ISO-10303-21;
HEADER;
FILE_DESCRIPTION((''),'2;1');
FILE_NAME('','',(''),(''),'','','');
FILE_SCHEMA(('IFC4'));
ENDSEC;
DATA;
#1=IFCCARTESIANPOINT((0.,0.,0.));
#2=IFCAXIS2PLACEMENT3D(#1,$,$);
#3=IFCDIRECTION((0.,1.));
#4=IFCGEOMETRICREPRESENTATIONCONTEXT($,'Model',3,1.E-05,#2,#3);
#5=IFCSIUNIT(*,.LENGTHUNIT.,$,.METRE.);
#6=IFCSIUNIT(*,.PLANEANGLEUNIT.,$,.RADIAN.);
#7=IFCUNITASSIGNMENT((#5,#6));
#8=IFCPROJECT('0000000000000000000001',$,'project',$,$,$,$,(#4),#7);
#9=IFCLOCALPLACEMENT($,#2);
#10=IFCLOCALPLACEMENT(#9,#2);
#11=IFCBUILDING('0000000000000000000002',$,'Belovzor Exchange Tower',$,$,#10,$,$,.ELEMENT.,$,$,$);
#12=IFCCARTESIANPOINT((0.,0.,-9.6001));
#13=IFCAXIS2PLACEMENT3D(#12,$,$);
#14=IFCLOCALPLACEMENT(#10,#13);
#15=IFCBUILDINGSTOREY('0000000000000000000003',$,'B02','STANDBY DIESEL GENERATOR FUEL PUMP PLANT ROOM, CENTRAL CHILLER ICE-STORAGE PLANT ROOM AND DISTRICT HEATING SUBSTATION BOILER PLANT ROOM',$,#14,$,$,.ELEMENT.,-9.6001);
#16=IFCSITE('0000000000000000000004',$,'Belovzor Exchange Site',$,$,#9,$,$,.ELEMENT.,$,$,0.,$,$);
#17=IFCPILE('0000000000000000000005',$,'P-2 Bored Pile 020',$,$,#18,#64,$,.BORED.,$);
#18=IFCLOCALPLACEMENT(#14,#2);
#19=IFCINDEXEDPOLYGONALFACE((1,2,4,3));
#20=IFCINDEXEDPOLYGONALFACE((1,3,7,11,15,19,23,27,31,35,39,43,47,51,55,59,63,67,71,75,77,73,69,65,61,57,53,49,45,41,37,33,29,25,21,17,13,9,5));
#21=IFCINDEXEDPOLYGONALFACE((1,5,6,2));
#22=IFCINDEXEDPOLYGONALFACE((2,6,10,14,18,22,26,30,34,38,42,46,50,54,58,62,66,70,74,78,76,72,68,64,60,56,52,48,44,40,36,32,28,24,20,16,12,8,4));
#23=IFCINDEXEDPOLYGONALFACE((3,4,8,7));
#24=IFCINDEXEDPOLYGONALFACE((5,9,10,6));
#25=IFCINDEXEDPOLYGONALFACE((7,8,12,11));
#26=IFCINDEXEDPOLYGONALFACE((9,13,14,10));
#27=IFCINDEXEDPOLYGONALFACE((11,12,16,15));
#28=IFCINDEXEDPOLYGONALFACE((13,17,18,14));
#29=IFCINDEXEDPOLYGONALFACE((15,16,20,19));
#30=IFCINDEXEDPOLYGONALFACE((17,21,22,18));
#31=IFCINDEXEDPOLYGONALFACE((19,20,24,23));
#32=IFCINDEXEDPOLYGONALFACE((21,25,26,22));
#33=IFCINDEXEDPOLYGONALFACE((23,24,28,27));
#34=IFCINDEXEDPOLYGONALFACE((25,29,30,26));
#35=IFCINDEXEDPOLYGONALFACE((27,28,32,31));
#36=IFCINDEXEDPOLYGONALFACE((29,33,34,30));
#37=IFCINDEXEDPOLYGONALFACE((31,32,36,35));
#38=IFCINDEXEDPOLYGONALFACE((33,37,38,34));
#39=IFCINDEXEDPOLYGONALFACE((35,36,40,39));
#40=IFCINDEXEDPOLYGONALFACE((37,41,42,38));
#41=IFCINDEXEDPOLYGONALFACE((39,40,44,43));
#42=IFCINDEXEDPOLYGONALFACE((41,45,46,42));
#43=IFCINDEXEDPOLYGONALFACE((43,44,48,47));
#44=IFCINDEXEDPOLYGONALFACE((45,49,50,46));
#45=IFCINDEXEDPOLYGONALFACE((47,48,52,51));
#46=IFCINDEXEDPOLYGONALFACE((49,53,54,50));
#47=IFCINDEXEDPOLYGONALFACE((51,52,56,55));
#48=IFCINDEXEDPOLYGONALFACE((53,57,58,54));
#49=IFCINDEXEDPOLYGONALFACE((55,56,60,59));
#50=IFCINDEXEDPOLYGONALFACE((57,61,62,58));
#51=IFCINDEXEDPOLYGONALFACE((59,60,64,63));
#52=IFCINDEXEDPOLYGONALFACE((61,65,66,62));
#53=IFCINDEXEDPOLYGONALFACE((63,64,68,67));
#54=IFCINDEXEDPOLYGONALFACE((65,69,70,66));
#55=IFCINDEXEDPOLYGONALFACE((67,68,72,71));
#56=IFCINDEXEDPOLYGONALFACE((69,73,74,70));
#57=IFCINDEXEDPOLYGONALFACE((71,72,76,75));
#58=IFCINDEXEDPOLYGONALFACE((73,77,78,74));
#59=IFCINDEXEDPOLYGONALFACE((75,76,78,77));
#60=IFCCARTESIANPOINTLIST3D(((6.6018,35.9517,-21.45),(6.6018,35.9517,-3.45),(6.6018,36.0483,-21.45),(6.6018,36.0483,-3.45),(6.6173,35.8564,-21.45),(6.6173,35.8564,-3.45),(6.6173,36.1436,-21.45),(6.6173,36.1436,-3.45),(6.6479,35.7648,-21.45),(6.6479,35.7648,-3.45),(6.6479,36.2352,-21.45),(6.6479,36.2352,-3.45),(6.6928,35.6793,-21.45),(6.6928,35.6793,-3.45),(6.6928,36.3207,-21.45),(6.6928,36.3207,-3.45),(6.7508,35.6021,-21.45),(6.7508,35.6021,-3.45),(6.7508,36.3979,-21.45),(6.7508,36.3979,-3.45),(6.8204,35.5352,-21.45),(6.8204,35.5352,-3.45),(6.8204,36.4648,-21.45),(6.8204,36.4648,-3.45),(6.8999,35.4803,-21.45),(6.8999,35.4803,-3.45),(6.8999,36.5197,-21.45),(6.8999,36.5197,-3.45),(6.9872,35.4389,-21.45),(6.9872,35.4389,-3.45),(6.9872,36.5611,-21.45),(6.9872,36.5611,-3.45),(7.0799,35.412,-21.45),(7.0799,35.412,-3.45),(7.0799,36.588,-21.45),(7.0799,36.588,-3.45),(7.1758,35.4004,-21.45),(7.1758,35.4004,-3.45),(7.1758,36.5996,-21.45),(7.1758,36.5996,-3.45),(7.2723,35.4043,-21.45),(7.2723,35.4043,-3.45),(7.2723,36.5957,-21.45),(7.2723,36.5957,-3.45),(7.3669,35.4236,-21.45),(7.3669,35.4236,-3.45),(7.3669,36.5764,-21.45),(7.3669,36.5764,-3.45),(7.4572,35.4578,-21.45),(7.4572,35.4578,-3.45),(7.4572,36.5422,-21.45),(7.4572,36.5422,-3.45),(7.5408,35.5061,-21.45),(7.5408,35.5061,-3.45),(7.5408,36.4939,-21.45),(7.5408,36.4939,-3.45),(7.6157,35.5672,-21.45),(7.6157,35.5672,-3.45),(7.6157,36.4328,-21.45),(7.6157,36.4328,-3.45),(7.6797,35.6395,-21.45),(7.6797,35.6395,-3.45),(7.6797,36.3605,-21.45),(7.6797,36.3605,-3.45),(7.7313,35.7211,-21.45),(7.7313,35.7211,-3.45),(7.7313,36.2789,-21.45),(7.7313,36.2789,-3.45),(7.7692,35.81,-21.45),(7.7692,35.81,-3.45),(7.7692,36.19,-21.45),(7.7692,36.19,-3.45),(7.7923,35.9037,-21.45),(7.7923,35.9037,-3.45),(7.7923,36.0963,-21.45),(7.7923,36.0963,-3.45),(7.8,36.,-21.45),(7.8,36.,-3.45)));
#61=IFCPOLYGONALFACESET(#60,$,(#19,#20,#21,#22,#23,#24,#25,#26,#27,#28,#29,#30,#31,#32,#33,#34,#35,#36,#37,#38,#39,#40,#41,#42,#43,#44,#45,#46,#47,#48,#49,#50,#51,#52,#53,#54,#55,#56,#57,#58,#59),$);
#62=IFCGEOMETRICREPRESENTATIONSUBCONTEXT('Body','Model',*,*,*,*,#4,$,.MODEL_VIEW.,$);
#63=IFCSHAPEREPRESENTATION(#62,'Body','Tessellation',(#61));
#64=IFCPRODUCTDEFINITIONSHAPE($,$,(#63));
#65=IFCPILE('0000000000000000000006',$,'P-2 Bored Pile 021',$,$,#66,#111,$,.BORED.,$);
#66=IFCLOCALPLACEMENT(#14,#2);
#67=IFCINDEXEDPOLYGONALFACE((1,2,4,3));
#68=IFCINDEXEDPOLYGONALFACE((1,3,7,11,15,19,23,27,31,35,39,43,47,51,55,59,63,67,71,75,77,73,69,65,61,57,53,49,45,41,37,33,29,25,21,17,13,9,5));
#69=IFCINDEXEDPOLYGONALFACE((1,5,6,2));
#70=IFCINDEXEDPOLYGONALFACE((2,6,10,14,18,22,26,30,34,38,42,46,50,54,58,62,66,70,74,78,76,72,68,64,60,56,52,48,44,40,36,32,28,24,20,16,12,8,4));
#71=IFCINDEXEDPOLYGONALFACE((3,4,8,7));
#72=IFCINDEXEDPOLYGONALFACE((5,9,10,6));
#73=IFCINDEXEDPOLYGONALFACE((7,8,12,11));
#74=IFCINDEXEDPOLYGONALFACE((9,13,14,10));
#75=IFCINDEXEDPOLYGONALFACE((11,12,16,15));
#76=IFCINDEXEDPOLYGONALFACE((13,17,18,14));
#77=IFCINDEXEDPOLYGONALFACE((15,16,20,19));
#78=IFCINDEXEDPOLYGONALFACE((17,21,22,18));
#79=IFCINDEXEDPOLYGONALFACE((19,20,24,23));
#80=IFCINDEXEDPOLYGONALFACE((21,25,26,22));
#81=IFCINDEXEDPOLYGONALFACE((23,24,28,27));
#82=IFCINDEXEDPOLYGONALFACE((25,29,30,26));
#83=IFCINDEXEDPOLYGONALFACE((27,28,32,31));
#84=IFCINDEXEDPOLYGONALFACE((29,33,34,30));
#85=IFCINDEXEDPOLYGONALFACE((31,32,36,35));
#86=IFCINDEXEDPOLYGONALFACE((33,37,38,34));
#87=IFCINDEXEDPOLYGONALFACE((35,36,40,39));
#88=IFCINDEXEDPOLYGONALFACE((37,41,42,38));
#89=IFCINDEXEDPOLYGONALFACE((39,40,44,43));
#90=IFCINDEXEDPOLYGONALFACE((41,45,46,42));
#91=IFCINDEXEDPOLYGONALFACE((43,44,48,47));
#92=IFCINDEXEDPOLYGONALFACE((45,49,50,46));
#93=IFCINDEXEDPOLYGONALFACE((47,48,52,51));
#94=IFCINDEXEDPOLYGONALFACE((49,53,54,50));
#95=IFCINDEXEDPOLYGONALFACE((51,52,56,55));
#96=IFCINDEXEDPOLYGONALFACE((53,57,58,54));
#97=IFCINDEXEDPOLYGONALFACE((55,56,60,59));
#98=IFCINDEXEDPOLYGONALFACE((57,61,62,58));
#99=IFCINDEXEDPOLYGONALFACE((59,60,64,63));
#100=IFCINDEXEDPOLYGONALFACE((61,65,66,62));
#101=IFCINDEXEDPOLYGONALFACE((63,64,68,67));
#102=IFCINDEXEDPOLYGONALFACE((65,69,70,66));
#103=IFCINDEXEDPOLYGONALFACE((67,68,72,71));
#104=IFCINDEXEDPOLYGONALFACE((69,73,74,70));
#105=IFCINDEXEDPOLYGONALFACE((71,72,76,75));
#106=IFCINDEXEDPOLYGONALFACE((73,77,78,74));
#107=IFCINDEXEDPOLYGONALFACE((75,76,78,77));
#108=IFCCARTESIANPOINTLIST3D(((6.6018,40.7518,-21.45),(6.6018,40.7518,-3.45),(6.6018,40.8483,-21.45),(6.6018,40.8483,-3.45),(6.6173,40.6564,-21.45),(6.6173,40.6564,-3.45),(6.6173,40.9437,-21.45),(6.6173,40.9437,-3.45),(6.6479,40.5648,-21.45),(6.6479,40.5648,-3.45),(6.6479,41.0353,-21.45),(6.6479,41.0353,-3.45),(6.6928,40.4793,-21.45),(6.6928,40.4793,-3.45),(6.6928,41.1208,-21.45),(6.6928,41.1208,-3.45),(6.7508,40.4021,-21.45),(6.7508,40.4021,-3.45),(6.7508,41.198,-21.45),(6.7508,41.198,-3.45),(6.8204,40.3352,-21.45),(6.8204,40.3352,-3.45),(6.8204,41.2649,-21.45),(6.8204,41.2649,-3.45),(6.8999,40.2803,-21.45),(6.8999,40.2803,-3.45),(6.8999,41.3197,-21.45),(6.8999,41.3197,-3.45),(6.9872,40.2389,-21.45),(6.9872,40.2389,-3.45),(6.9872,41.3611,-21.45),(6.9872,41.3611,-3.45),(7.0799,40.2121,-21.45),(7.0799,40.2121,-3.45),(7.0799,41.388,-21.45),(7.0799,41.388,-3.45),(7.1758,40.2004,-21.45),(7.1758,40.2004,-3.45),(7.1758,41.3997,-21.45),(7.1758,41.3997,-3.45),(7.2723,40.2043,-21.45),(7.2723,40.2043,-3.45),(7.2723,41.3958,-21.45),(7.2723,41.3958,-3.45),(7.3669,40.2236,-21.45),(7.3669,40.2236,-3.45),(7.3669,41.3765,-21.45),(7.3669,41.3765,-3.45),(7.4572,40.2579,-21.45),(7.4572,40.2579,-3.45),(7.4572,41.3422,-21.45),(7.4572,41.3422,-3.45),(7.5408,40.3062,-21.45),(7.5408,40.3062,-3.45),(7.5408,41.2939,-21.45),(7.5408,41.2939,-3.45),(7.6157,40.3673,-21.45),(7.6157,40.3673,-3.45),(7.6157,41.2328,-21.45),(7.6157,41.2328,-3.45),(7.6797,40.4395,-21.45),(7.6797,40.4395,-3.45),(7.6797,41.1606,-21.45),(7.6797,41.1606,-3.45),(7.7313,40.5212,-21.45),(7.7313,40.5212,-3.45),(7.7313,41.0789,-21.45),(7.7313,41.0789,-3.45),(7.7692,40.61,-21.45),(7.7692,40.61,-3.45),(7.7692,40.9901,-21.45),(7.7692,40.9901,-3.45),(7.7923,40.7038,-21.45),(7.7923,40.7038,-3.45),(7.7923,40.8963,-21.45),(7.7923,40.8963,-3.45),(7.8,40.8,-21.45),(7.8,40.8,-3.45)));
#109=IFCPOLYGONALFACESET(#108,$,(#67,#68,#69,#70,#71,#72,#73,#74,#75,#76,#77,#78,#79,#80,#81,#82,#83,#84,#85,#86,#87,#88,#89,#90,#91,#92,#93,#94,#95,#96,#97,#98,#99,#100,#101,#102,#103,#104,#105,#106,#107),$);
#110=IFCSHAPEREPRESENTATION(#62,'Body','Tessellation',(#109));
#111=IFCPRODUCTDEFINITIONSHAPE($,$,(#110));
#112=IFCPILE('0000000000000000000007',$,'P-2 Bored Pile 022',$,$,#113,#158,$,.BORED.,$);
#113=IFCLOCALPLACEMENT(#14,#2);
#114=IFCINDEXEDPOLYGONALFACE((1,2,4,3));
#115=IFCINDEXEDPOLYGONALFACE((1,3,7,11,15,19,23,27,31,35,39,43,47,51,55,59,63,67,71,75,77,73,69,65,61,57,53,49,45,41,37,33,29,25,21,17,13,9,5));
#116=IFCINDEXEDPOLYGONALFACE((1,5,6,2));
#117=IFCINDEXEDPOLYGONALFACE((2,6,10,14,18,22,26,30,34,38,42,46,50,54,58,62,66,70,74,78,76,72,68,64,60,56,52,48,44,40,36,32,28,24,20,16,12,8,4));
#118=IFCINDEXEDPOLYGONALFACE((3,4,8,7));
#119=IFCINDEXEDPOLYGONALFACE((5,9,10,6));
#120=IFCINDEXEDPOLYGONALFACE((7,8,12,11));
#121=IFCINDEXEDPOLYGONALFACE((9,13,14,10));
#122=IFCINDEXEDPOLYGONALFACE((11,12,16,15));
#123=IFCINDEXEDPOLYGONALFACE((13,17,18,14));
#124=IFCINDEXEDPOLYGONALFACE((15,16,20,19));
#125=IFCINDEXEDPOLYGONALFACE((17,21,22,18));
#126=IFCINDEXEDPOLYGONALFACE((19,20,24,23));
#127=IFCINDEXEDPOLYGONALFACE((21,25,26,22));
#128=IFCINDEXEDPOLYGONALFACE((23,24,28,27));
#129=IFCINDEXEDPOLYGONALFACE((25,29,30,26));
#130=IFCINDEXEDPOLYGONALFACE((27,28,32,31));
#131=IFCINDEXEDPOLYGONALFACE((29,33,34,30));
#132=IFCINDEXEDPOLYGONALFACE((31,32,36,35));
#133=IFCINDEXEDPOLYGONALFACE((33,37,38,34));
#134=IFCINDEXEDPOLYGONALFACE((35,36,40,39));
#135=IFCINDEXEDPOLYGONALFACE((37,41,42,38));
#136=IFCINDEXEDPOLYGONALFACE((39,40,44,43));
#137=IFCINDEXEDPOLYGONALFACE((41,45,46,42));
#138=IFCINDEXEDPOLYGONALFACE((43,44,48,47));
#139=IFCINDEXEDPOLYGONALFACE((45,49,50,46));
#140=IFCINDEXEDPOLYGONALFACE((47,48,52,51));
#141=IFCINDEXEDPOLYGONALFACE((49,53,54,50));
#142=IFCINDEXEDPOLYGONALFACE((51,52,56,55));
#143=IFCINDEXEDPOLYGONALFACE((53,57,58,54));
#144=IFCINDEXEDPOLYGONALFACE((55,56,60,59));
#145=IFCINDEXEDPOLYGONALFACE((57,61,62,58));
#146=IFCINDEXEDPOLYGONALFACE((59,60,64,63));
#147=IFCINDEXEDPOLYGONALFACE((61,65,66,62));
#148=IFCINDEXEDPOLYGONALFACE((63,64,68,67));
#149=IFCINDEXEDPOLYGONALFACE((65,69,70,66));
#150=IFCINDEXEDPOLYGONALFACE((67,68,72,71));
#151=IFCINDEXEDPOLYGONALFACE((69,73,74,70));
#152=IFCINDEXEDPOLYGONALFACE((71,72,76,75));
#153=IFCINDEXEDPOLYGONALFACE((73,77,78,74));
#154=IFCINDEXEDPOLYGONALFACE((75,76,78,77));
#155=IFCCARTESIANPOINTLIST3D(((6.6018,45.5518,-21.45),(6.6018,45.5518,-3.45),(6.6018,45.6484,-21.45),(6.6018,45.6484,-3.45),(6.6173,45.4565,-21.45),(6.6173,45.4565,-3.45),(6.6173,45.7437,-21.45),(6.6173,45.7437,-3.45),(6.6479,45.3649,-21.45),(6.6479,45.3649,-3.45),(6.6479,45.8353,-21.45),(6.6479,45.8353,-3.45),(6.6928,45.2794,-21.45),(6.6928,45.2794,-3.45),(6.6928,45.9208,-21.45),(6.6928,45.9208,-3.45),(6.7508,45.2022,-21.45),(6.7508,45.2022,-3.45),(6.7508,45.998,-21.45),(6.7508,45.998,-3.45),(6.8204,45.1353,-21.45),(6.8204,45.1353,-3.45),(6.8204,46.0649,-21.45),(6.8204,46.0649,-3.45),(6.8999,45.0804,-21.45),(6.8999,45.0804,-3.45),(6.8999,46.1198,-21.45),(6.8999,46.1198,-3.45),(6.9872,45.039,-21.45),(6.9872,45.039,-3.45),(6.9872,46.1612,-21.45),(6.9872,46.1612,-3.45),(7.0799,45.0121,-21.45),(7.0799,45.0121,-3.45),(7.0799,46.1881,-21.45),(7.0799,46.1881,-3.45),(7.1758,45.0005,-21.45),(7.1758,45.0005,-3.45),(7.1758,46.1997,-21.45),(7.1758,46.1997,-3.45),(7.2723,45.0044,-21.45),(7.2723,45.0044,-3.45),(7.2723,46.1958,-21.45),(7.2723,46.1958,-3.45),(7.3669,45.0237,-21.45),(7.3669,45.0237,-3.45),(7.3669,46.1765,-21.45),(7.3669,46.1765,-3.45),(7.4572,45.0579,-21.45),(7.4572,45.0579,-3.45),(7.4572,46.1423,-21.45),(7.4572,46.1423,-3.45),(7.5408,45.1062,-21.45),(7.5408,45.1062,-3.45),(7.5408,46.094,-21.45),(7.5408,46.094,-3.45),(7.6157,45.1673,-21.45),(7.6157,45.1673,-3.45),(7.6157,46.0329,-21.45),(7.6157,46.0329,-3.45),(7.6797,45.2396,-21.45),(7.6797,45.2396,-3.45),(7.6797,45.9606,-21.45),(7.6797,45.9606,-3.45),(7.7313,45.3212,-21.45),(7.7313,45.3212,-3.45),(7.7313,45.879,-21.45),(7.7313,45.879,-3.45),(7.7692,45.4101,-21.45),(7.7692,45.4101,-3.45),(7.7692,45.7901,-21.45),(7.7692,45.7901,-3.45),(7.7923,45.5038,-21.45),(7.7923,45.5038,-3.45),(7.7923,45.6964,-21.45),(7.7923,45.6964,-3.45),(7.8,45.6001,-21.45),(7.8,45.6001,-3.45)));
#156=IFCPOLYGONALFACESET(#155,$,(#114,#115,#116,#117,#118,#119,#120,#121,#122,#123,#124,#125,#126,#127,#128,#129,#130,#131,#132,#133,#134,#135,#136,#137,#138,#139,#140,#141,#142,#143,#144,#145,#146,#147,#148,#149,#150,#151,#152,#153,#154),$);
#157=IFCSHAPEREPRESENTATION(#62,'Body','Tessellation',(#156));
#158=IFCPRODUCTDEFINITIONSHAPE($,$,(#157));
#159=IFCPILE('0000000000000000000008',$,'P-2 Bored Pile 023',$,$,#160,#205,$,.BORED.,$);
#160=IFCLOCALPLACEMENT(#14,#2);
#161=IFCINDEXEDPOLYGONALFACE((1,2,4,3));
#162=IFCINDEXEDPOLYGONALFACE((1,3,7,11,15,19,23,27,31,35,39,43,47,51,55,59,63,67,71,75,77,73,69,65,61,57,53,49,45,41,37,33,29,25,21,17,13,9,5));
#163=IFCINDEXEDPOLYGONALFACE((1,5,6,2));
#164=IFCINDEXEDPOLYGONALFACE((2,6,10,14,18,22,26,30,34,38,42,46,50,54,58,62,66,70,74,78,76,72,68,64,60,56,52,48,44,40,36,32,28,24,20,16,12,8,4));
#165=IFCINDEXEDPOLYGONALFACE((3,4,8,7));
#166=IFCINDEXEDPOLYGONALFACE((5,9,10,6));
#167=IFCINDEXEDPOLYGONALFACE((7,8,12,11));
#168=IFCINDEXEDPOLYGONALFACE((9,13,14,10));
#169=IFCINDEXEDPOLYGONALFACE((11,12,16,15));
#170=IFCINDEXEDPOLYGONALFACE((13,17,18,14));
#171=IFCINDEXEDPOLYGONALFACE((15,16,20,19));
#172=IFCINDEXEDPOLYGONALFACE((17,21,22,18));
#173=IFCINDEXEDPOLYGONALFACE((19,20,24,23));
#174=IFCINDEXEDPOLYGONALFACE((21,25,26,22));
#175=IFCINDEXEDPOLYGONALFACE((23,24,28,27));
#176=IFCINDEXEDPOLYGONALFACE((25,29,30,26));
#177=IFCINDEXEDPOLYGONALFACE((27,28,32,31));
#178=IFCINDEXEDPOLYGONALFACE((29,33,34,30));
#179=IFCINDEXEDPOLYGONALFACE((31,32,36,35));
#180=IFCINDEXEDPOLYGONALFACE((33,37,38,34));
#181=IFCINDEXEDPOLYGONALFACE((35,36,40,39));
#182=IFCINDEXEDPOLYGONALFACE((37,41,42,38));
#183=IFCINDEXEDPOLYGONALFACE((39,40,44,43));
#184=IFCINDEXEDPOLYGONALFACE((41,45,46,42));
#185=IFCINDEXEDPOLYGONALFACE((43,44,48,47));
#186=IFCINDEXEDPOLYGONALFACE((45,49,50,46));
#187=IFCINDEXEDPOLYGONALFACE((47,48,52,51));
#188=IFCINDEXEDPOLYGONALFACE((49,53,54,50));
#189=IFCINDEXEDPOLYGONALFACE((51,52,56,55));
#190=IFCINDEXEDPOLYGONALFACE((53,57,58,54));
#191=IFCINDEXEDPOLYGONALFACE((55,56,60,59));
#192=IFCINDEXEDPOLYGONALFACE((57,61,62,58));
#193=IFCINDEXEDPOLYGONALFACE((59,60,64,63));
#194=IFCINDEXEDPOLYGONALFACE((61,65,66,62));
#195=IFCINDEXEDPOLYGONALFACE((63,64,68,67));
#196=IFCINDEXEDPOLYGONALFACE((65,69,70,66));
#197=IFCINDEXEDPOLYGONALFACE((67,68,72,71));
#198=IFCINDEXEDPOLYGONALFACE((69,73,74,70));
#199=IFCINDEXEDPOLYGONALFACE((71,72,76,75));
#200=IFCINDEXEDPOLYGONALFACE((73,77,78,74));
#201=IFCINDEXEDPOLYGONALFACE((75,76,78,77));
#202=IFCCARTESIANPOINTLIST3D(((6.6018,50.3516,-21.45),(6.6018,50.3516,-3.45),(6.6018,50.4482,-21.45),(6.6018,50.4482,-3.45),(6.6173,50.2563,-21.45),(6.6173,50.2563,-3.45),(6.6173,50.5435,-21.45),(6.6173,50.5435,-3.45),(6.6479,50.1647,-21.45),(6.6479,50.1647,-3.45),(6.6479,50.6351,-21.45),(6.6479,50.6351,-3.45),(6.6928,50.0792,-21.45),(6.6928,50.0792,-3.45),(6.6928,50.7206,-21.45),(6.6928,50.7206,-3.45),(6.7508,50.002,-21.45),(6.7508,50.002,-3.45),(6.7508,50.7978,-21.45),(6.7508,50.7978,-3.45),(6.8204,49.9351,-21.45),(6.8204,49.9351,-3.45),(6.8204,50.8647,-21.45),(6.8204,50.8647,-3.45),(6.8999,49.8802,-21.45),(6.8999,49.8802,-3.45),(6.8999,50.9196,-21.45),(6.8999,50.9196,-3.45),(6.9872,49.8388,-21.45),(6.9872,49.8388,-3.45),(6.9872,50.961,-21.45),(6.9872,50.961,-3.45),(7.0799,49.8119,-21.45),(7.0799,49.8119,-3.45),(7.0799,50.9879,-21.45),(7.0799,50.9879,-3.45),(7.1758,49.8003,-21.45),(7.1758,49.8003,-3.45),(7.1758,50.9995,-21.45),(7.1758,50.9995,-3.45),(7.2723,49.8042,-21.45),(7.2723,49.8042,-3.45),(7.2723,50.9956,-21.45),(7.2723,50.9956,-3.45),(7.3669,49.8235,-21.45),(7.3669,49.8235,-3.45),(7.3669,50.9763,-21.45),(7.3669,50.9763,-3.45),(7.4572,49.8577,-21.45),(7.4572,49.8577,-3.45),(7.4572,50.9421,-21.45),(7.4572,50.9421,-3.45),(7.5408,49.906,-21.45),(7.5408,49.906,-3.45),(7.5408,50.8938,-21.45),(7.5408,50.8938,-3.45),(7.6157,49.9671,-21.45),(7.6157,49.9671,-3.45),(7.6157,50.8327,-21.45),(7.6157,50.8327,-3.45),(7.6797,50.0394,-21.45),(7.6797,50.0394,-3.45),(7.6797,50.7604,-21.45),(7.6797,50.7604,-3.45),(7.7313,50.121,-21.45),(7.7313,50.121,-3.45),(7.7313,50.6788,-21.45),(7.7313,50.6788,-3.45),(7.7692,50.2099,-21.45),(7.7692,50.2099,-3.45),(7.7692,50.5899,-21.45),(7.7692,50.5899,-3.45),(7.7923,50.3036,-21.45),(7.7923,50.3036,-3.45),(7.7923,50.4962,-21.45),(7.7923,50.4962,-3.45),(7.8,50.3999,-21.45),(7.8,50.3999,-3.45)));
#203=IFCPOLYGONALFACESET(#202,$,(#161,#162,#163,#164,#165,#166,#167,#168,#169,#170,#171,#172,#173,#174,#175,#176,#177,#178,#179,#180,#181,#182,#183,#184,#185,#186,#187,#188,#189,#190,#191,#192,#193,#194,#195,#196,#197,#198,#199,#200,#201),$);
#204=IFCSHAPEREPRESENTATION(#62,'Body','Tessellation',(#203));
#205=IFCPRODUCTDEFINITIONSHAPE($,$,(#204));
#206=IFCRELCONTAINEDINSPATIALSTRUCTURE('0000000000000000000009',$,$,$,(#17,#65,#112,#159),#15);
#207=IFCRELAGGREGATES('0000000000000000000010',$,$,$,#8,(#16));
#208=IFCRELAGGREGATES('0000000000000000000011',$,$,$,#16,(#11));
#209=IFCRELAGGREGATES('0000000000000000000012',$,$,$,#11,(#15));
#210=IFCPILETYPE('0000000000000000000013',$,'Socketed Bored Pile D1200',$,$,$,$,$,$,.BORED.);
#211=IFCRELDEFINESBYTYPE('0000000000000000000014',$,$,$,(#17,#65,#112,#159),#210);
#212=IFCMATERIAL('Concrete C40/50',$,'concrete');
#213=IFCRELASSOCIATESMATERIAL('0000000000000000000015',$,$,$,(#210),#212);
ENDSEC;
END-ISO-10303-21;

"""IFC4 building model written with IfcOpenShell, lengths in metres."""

from ifc_helpers import new_model, si_unit, direction, frame, origin, origin_2d, place, context, subcontext, project, spatial, circle, extrude, material, material_profile, profile_set, type_object, element, save


model = new_model("IFC4")

# Units and contexts
model_context = context("Model", 3, precision=1e-05, world=origin(), true_north=direction((0.0, 1.0)))
body_context = subcontext(model_context, "Body", "Model", "MODEL_VIEW")
ifc_project = project(units=[si_unit("LENGTHUNIT", "METRE"), si_unit("PLANEANGLEUNIT", "RADIAN")], contexts=[model_context])

# Site, building, storey
site_placement = place(None, origin())
site = spatial("IfcSite", under=ifc_project, at=site_placement, Name="Belovzor Exchange Site", CompositionType="ELEMENT", RefElevation=0.0)
building_placement = place(site_placement, origin())
building = spatial("IfcBuilding", under=site, at=building_placement, Name="Belovzor Exchange Tower", CompositionType="ELEMENT")
storey_placement = place(building_placement, frame((0.0, 0.0, -9.6001)))
storey = spatial("IfcBuildingStorey", under=building, at=storey_placement, Name="B02", Description="STANDBY DIESEL GENERATOR FUEL PUMP PLANT ROOM, CENTRAL CHILLER ICE-STORAGE PLANT ROOM AND DISTRICT HEATING SUBSTATION BOILER PLANT ROOM", CompositionType="ELEMENT", Elevation=-9.6001)

# Piles
ifc_material_1 = material(Name="Concrete C40/50", Category="concrete")
ifc_material_profile_1 = material_profile(ifc_material_1, circle(Radius=0.6001, at=origin_2d()))
ifc_profile_set_1 = profile_set([ifc_material_profile_1], Name="Concrete C40/50")
pile_type_1 = type_object("IfcPileType", Name="Socketed Bored Pile D1200", PredefinedType="BORED", material=ifc_profile_set_1)
for number, where, z_axis, x_axis, name in (
    (1, (7.2, 36.0, -3.45), (0.0, 0.0, -1.0), (1.0, 0.0, 0.0), "P-2 Bored Pile 020"),
    (2, (7.2, 40.8, -3.45), (0.0, 0.0, -1.0), (1.0, 0.0, 0.0), "P-2 Bored Pile 021"),
    (3, (7.2, 45.6001, -3.45), (0.0, 0.0, -1.0), (1.0, 0.0, 0.0), "P-2 Bored Pile 022"),
    (4, (7.2, 50.3999, -3.45), (0.0, 0.0, -1.0), (1.0, 0.0, 0.0), "P-2 Bored Pile 023"),
):
    element("IfcPile", number, at=place(storey_placement, frame(where, z_axis=z_axis, x_axis=x_axis)), inside=storey, type_object=pile_type_1, Name=name, PredefinedType="BORED", context=body_context, shape_type="SweptSolid", body=[
        extrude(circle(Radius=0.6001, at=origin_2d()), origin(), (0.0, 0.0, 1.0), 18.0),
    ])

save(model, "model.ifc")
